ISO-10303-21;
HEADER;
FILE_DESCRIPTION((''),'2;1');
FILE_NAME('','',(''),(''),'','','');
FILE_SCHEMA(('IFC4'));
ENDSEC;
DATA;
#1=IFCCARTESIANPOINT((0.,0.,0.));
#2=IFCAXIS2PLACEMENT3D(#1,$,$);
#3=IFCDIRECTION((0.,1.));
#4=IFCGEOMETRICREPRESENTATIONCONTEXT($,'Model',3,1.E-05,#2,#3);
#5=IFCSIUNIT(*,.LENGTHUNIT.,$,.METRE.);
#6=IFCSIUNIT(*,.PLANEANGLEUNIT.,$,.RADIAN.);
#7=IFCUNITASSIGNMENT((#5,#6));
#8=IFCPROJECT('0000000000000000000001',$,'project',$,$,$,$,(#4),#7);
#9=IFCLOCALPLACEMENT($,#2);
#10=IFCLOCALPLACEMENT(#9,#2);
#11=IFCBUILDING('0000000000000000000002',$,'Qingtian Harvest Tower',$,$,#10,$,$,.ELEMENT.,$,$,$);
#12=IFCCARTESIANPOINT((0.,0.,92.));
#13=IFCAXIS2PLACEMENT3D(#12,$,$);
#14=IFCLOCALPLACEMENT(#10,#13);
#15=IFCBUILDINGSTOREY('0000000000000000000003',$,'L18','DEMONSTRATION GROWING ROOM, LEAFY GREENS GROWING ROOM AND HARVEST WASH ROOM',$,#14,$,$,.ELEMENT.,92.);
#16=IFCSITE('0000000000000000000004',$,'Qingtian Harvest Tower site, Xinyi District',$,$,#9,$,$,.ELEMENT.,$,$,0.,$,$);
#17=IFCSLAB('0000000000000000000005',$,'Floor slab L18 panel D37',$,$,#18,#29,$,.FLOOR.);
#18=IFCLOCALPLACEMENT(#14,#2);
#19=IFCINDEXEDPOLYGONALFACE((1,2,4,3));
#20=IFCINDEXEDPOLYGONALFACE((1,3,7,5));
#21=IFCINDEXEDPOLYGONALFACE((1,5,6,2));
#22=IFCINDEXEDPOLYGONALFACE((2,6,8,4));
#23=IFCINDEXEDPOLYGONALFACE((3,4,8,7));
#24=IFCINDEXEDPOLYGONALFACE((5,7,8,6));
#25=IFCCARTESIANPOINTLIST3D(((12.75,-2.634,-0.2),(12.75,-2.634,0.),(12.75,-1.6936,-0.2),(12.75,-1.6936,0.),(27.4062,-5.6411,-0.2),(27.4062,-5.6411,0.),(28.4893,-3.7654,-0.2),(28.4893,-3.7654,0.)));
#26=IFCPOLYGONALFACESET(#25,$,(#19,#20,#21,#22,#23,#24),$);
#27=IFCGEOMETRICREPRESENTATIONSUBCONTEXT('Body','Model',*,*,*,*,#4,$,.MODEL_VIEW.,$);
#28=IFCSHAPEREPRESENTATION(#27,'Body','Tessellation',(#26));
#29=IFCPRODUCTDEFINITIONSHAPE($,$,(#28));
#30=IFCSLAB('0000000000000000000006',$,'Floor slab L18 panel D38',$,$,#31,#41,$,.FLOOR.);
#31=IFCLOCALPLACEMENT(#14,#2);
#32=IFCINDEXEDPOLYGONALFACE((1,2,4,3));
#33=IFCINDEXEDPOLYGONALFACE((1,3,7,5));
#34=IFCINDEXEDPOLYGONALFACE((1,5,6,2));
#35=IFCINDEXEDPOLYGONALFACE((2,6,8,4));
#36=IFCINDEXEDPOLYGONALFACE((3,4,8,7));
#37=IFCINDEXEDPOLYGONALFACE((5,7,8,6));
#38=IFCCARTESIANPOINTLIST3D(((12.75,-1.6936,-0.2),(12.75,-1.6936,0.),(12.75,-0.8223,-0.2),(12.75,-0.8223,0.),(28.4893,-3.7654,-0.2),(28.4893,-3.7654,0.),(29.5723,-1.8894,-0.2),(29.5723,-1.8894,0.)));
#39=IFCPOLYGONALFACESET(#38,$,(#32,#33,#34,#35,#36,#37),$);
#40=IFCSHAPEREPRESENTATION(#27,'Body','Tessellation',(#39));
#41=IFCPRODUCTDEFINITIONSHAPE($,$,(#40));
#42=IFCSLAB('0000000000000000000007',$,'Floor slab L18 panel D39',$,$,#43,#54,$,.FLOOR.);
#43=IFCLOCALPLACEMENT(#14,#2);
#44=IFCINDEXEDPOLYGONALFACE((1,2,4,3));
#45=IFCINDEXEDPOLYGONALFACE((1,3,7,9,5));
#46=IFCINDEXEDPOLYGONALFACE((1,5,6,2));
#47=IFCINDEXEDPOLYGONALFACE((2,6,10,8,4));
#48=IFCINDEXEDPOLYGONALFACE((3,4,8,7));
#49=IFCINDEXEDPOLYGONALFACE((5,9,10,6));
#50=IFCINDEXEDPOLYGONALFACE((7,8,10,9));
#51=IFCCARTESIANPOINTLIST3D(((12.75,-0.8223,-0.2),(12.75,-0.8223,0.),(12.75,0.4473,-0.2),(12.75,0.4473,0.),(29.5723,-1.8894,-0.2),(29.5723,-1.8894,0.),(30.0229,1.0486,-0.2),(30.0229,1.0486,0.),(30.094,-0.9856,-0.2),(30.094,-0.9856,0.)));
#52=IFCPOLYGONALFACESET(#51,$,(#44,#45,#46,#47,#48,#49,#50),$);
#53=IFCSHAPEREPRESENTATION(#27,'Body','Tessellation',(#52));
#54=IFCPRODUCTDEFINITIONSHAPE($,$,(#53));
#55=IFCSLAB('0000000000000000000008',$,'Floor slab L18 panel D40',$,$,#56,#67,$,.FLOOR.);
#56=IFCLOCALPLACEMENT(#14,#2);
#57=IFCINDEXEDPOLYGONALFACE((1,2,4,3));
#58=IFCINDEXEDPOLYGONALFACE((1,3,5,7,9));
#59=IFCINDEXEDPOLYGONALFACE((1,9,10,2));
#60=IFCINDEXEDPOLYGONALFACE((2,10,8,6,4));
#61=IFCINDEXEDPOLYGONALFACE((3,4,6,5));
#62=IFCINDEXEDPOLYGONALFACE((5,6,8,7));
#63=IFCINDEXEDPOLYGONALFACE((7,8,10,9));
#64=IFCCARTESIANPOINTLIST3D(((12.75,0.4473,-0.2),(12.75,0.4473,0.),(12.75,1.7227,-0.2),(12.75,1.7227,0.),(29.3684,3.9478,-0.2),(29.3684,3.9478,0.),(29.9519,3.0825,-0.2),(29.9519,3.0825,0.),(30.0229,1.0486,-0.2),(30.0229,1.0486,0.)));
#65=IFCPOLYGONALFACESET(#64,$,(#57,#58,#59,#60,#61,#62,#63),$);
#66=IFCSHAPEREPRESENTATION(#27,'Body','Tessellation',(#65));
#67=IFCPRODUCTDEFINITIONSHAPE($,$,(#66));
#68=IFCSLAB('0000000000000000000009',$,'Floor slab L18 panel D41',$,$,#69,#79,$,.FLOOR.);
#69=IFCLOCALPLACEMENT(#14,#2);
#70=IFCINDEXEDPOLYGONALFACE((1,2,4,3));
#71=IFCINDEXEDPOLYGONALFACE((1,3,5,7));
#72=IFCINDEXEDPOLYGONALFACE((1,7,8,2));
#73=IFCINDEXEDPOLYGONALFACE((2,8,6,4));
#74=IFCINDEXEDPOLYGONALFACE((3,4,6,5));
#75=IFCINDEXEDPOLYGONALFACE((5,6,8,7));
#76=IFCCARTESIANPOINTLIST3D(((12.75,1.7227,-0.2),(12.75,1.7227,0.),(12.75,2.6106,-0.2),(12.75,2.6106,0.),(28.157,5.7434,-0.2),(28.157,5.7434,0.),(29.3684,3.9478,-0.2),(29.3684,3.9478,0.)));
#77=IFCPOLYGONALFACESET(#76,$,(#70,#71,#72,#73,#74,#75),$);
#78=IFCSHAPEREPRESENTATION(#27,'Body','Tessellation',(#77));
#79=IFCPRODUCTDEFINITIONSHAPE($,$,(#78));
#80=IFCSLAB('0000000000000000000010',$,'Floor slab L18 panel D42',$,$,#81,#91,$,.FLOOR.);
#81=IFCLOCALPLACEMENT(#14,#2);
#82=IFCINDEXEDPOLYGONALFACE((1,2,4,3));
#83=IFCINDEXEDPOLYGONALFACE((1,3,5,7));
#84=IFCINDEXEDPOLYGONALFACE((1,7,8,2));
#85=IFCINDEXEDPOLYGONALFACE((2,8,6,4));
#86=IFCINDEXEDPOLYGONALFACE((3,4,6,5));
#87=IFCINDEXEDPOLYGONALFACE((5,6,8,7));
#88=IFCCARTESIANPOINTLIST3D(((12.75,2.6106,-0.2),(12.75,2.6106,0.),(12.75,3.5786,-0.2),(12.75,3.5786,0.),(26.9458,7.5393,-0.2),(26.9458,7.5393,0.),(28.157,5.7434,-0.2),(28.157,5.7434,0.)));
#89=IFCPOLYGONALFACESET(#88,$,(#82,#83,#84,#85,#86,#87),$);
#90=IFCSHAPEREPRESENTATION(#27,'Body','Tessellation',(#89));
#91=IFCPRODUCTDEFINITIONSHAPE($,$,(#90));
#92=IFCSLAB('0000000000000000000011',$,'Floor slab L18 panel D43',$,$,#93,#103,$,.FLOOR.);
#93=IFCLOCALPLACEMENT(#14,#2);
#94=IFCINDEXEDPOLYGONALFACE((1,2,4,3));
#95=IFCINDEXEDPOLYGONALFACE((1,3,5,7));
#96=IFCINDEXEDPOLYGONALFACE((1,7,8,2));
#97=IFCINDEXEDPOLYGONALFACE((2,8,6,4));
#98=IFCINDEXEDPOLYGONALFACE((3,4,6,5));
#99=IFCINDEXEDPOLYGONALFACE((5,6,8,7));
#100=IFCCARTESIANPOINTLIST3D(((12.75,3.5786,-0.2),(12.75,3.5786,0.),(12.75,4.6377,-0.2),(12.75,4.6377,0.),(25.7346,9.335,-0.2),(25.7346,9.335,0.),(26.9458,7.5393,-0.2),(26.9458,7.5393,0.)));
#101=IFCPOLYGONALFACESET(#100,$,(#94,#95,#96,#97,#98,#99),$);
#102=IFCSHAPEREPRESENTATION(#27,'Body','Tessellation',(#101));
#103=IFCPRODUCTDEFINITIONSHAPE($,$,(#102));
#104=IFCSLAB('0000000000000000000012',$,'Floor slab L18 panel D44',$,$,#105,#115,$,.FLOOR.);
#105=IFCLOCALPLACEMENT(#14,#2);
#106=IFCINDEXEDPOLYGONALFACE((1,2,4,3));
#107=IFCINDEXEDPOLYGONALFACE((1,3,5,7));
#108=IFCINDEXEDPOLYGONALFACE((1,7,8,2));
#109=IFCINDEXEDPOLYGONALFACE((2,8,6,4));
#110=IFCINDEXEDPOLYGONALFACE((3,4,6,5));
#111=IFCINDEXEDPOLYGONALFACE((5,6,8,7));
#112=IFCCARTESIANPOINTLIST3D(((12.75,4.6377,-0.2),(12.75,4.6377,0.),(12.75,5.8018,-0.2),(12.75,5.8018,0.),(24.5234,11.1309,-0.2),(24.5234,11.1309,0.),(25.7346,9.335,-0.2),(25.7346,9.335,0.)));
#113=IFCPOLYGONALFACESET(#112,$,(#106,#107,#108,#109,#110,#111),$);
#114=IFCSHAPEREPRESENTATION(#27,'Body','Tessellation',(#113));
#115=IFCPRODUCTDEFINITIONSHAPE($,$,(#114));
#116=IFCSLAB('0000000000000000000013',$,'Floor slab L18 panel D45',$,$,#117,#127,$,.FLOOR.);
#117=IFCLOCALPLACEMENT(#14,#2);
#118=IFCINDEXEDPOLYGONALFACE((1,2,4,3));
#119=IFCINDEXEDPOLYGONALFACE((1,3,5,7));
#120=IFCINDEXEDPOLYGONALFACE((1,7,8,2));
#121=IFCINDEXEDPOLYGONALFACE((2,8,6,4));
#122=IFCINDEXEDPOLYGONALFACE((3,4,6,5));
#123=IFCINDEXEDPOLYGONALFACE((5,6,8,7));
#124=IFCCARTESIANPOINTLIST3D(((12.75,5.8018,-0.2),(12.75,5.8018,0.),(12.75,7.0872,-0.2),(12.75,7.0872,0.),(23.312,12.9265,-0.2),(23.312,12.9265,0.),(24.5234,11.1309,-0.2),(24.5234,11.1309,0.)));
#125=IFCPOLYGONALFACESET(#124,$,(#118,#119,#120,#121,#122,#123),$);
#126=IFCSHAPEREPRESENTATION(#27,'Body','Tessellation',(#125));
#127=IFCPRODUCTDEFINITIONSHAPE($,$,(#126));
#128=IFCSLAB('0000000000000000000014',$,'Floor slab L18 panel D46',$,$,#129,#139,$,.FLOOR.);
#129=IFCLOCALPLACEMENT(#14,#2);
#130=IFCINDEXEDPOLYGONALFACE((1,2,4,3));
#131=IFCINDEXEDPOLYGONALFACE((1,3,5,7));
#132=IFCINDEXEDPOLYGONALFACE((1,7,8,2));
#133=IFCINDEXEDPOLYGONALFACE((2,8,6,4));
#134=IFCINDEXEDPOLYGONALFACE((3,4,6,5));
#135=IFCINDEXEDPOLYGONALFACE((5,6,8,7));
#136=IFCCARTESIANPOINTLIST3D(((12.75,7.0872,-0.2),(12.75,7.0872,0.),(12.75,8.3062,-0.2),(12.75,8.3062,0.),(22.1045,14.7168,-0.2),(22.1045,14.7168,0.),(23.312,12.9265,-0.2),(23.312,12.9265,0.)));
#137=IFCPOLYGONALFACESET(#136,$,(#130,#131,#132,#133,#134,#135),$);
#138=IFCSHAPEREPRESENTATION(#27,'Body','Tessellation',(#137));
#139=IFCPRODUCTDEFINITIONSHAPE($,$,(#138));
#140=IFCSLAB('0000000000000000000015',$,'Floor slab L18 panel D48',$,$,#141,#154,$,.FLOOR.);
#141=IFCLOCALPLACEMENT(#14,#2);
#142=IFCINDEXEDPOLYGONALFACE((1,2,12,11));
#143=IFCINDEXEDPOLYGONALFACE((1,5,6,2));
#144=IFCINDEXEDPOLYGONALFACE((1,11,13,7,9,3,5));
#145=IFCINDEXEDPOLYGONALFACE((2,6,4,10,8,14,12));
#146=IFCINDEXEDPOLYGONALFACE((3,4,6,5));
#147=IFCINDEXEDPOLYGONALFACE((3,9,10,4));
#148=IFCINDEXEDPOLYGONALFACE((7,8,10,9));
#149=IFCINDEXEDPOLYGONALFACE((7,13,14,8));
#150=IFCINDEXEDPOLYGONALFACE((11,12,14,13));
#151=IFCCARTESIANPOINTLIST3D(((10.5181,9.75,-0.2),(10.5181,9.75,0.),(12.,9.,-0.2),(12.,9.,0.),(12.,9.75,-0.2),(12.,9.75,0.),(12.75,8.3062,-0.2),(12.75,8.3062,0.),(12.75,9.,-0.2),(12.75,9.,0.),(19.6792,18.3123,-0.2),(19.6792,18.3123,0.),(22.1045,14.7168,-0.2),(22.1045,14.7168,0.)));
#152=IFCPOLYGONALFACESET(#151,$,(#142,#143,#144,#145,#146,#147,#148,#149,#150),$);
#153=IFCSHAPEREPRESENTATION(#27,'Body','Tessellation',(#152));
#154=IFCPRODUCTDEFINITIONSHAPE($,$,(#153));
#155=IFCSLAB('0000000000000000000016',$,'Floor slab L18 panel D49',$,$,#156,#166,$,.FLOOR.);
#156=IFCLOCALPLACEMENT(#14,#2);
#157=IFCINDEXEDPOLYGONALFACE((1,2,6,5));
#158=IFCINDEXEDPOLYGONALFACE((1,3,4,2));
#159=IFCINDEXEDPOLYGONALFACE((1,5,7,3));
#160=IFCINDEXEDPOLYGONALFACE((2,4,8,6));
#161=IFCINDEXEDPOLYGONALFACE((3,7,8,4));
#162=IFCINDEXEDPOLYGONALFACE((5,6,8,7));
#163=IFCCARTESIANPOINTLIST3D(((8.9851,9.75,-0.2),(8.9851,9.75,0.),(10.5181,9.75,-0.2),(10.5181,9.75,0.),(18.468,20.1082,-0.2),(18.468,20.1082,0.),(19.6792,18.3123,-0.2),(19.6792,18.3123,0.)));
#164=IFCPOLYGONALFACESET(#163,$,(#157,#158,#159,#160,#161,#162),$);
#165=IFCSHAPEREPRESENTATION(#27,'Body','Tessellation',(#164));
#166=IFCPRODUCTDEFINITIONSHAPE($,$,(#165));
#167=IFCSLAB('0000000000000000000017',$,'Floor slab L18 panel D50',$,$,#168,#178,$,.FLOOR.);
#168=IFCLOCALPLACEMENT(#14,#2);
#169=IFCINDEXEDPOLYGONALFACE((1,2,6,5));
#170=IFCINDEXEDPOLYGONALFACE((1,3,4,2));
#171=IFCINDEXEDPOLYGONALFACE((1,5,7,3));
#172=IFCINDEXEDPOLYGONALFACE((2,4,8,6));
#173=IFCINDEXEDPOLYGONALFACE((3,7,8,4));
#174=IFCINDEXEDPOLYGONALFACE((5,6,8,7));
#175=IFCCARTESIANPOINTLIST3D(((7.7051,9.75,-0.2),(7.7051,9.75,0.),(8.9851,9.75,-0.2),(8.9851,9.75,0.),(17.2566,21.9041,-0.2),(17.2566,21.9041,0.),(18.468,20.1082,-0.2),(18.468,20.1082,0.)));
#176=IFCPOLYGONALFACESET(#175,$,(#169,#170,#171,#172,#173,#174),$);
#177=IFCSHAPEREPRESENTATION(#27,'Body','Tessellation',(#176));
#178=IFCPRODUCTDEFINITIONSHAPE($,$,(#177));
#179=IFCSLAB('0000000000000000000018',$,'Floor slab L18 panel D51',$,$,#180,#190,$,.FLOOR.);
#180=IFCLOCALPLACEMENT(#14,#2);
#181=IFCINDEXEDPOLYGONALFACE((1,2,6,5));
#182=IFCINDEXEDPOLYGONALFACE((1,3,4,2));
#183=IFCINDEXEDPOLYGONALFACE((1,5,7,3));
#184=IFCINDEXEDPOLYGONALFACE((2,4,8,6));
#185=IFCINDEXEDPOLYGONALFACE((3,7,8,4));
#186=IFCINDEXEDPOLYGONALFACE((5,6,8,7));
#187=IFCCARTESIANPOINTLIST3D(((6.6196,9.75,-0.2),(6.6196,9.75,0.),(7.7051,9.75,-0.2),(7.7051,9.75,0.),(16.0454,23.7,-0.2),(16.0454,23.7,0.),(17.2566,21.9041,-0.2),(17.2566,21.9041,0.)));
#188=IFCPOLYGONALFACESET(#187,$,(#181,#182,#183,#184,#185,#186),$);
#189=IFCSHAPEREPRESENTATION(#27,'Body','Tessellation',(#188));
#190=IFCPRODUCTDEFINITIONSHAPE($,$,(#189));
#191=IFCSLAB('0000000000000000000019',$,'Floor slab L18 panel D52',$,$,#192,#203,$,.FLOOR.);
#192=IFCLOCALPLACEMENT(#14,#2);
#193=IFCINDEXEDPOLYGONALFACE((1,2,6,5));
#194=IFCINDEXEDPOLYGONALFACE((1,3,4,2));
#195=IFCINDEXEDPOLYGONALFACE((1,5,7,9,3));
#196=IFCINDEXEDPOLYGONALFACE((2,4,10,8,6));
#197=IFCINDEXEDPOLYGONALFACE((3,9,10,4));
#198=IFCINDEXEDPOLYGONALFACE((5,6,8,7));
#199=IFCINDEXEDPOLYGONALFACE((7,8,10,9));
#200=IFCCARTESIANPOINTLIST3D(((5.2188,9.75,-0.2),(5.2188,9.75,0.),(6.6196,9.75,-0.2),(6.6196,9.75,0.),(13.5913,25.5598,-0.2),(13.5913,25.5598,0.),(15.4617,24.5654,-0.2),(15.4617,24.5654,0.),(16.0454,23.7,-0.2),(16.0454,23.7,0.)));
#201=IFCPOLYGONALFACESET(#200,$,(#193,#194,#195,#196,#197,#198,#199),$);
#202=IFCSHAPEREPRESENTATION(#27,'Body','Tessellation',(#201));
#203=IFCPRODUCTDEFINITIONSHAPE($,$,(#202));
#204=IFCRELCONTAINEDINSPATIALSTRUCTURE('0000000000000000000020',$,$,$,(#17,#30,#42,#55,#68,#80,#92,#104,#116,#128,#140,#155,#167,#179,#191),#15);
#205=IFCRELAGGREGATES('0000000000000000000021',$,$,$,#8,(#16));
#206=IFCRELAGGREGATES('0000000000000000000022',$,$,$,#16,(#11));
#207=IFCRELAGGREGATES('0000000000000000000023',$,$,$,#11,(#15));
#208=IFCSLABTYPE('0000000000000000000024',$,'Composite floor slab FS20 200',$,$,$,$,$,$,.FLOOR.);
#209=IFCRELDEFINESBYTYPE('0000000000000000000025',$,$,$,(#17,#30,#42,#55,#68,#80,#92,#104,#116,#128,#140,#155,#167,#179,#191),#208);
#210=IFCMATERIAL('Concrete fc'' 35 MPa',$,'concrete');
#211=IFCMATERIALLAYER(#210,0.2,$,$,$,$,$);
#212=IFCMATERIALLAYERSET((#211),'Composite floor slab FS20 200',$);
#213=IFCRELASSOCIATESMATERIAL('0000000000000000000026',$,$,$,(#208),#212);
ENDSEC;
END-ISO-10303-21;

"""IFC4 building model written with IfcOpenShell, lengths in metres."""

from ifc_helpers import new_model, si_unit, direction, frame, origin, place, context, subcontext, project, spatial, polyline, outline, extrude, material, layer, layer_set, type_object, element, save


model = new_model("IFC4")

# Units and contexts
model_context = context("Model", 3, precision=1e-05, world=origin(), true_north=direction((0.0, 1.0)))
body_context = subcontext(model_context, "Body", "Model", "MODEL_VIEW")
ifc_project = project(units=[si_unit("LENGTHUNIT", "METRE"), si_unit("PLANEANGLEUNIT", "RADIAN")], contexts=[model_context])

# Site, building, storey
site_placement = place(None, origin())
site = spatial("IfcSite", under=ifc_project, at=site_placement, Name="Qingtian Harvest Tower site, Xinyi District", CompositionType="ELEMENT", RefElevation=0.0)
building_placement = place(site_placement, origin())
building = spatial("IfcBuilding", under=site, at=building_placement, Name="Qingtian Harvest Tower", CompositionType="ELEMENT")
storey_placement = place(building_placement, frame((0.0, 0.0, 92.0)))
storey = spatial("IfcBuildingStorey", under=building, at=storey_placement, Name="L18", Description="DEMONSTRATION GROWING ROOM, LEAFY GREENS GROWING ROOM AND HARVEST WASH ROOM", CompositionType="ELEMENT", Elevation=92.0)

# Slabs
ifc_material_1 = material(Name="Concrete fc' 35 MPa", Category="concrete")
ifc_layer_1 = layer(ifc_material_1, 0.2)
ifc_layer_set_1 = layer_set([ifc_layer_1], Name="Composite floor slab FS20 200")
slab_type = type_object("IfcSlabType", Name="Composite floor slab FS20 200", PredefinedType="FLOOR", material=ifc_layer_set_1)
slab_1_placement = place(storey_placement, frame((0.0, 0.0, -0.2)))
element("IfcSlab", 1, at=slab_1_placement, inside=storey, type_object=slab_type, Name="Floor slab L18 panel D37", PredefinedType="FLOOR", context=body_context, shape_type="SweptSolid", body=[
    extrude(outline(polyline([(12.75, -1.6936), (28.4893, -3.7654), (27.4062, -5.6411), (12.75, -2.634), (12.75, -1.6936)])), origin(), (0.0, 0.0, 1.0), 0.2),
])
slab_2_placement = place(storey_placement, frame((0.0, 0.0, -0.2)))
element("IfcSlab", 2, at=slab_2_placement, inside=storey, type_object=slab_type, Name="Floor slab L18 panel D38", PredefinedType="FLOOR", context=body_context, shape_type="SweptSolid", body=[
    extrude(outline(polyline([(12.75, -0.8223), (29.5723, -1.8894), (28.4893, -3.7654), (12.75, -1.6936), (12.75, -0.8223)])), origin(), (0.0, 0.0, 1.0), 0.2),
])
slab_3_placement = place(storey_placement, frame((0.0, 0.0, -0.2)))
element("IfcSlab", 3, at=slab_3_placement, inside=storey, type_object=slab_type, Name="Floor slab L18 panel D39", PredefinedType="FLOOR", context=body_context, shape_type="SweptSolid", body=[
    extrude(outline(polyline([(12.75, -0.8223), (12.75, 0.4473), (30.0229, 1.0486), (30.094, -0.9856), (29.5723, -1.8894), (12.75, -0.8223)])), origin(), (0.0, 0.0, 1.0), 0.2),
])
slab_4_placement = place(storey_placement, frame((0.0, 0.0, -0.2)))
element("IfcSlab", 4, at=slab_4_placement, inside=storey, type_object=slab_type, Name="Floor slab L18 panel D40", PredefinedType="FLOOR", context=body_context, shape_type="SweptSolid", body=[
    extrude(outline(polyline([(12.75, 0.4473), (12.75, 1.7227), (29.3684, 3.9478), (29.9519, 3.0825), (30.0229, 1.0486), (12.75, 0.4473)])), origin(), (0.0, 0.0, 1.0), 0.2),
])
slab_5_placement = place(storey_placement, frame((0.0, 0.0, -0.2)))
element("IfcSlab", 5, at=slab_5_placement, inside=storey, type_object=slab_type, Name="Floor slab L18 panel D41", PredefinedType="FLOOR", context=body_context, shape_type="SweptSolid", body=[
    extrude(outline(polyline([(12.75, 2.6106), (28.157, 5.7434), (29.3684, 3.9478), (12.75, 1.7227), (12.75, 2.6106)])), origin(), (0.0, 0.0, 1.0), 0.2),
])
slab_6_placement = place(storey_placement, frame((0.0, 0.0, -0.2)))
element("IfcSlab", 6, at=slab_6_placement, inside=storey, type_object=slab_type, Name="Floor slab L18 panel D42", PredefinedType="FLOOR", context=body_context, shape_type="SweptSolid", body=[
    extrude(outline(polyline([(12.75, 3.5786), (26.9458, 7.5393), (28.157, 5.7434), (12.75, 2.6106), (12.75, 3.5786)])), origin(), (0.0, 0.0, 1.0), 0.2),
])
slab_7_placement = place(storey_placement, frame((0.0, 0.0, -0.2)))
element("IfcSlab", 7, at=slab_7_placement, inside=storey, type_object=slab_type, Name="Floor slab L18 panel D43", PredefinedType="FLOOR", context=body_context, shape_type="SweptSolid", body=[
    extrude(outline(polyline([(12.75, 4.6377), (25.7346, 9.335), (26.9458, 7.5393), (12.75, 3.5786), (12.75, 4.6377)])), origin(), (0.0, 0.0, 1.0), 0.2),
])
slab_8_placement = place(storey_placement, frame((0.0, 0.0, -0.2)))
element("IfcSlab", 8, at=slab_8_placement, inside=storey, type_object=slab_type, Name="Floor slab L18 panel D44", PredefinedType="FLOOR", context=body_context, shape_type="SweptSolid", body=[
    extrude(outline(polyline([(12.75, 5.8018), (24.5234, 11.1309), (25.7346, 9.335), (12.75, 4.6377), (12.75, 5.8018)])), origin(), (0.0, 0.0, 1.0), 0.2),
])
slab_9_placement = place(storey_placement, frame((0.0, 0.0, -0.2)))
element("IfcSlab", 9, at=slab_9_placement, inside=storey, type_object=slab_type, Name="Floor slab L18 panel D45", PredefinedType="FLOOR", context=body_context, shape_type="SweptSolid", body=[
    extrude(outline(polyline([(12.75, 7.0872), (23.312, 12.9265), (24.5234, 11.1309), (12.75, 5.8018), (12.75, 7.0872)])), origin(), (0.0, 0.0, 1.0), 0.2),
])
slab_10_placement = place(storey_placement, frame((0.0, 0.0, -0.2)))
element("IfcSlab", 10, at=slab_10_placement, inside=storey, type_object=slab_type, Name="Floor slab L18 panel D46", PredefinedType="FLOOR", context=body_context, shape_type="SweptSolid", body=[
    extrude(outline(polyline([(12.75, 8.3062), (22.1045, 14.7168), (23.312, 12.9265), (12.75, 7.0872), (12.75, 8.3062)])), origin(), (0.0, 0.0, 1.0), 0.2),
])
slab_11_placement = place(storey_placement, frame((0.0, 0.0, -0.2)))
element("IfcSlab", 11, at=slab_11_placement, inside=storey, type_object=slab_type, Name="Floor slab L18 panel D48", PredefinedType="FLOOR", context=body_context, shape_type="SweptSolid", body=[
    extrude(outline(polyline([(19.6792, 18.3123), (22.1045, 14.7168), (12.75, 8.3062), (12.75, 9.0), (12.0, 9.0), (12.0, 9.75), (10.5181, 9.75), (19.6792, 18.3123)])), origin(), (0.0, 0.0, 1.0), 0.2),
])
slab_12_placement = place(storey_placement, frame((0.0, 0.0, -0.2)))
element("IfcSlab", 12, at=slab_12_placement, inside=storey, type_object=slab_type, Name="Floor slab L18 panel D49", PredefinedType="FLOOR", context=body_context, shape_type="SweptSolid", body=[
    extrude(outline(polyline([(8.9851, 9.75), (18.468, 20.1082), (19.6792, 18.3123), (10.5181, 9.75), (8.9851, 9.75)])), origin(), (0.0, 0.0, 1.0), 0.2),
])
slab_13_placement = place(storey_placement, frame((0.0, 0.0, -0.2)))
element("IfcSlab", 13, at=slab_13_placement, inside=storey, type_object=slab_type, Name="Floor slab L18 panel D50", PredefinedType="FLOOR", context=body_context, shape_type="SweptSolid", body=[
    extrude(outline(polyline([(7.7051, 9.75), (17.2566, 21.9041), (18.468, 20.1082), (8.9851, 9.75), (7.7051, 9.75)])), origin(), (0.0, 0.0, 1.0), 0.2),
])
slab_14_placement = place(storey_placement, frame((0.0, 0.0, -0.2)))
element("IfcSlab", 14, at=slab_14_placement, inside=storey, type_object=slab_type, Name="Floor slab L18 panel D51", PredefinedType="FLOOR", context=body_context, shape_type="SweptSolid", body=[
    extrude(outline(polyline([(6.6196, 9.75), (16.0454, 23.7), (17.2566, 21.9041), (7.7051, 9.75), (6.6196, 9.75)])), origin(), (0.0, 0.0, 1.0), 0.2),
])
slab_15_placement = place(storey_placement, frame((0.0, 0.0, -0.2)))
element("IfcSlab", 15, at=slab_15_placement, inside=storey, type_object=slab_type, Name="Floor slab L18 panel D52", PredefinedType="FLOOR", context=body_context, shape_type="SweptSolid", body=[
    extrude(outline(polyline([(6.6196, 9.75), (5.2188, 9.75), (13.5913, 25.5598), (15.4617, 24.5654), (16.0454, 23.7), (6.6196, 9.75)])), origin(), (0.0, 0.0, 1.0), 0.2),
])

save(model, "model.ifc")
